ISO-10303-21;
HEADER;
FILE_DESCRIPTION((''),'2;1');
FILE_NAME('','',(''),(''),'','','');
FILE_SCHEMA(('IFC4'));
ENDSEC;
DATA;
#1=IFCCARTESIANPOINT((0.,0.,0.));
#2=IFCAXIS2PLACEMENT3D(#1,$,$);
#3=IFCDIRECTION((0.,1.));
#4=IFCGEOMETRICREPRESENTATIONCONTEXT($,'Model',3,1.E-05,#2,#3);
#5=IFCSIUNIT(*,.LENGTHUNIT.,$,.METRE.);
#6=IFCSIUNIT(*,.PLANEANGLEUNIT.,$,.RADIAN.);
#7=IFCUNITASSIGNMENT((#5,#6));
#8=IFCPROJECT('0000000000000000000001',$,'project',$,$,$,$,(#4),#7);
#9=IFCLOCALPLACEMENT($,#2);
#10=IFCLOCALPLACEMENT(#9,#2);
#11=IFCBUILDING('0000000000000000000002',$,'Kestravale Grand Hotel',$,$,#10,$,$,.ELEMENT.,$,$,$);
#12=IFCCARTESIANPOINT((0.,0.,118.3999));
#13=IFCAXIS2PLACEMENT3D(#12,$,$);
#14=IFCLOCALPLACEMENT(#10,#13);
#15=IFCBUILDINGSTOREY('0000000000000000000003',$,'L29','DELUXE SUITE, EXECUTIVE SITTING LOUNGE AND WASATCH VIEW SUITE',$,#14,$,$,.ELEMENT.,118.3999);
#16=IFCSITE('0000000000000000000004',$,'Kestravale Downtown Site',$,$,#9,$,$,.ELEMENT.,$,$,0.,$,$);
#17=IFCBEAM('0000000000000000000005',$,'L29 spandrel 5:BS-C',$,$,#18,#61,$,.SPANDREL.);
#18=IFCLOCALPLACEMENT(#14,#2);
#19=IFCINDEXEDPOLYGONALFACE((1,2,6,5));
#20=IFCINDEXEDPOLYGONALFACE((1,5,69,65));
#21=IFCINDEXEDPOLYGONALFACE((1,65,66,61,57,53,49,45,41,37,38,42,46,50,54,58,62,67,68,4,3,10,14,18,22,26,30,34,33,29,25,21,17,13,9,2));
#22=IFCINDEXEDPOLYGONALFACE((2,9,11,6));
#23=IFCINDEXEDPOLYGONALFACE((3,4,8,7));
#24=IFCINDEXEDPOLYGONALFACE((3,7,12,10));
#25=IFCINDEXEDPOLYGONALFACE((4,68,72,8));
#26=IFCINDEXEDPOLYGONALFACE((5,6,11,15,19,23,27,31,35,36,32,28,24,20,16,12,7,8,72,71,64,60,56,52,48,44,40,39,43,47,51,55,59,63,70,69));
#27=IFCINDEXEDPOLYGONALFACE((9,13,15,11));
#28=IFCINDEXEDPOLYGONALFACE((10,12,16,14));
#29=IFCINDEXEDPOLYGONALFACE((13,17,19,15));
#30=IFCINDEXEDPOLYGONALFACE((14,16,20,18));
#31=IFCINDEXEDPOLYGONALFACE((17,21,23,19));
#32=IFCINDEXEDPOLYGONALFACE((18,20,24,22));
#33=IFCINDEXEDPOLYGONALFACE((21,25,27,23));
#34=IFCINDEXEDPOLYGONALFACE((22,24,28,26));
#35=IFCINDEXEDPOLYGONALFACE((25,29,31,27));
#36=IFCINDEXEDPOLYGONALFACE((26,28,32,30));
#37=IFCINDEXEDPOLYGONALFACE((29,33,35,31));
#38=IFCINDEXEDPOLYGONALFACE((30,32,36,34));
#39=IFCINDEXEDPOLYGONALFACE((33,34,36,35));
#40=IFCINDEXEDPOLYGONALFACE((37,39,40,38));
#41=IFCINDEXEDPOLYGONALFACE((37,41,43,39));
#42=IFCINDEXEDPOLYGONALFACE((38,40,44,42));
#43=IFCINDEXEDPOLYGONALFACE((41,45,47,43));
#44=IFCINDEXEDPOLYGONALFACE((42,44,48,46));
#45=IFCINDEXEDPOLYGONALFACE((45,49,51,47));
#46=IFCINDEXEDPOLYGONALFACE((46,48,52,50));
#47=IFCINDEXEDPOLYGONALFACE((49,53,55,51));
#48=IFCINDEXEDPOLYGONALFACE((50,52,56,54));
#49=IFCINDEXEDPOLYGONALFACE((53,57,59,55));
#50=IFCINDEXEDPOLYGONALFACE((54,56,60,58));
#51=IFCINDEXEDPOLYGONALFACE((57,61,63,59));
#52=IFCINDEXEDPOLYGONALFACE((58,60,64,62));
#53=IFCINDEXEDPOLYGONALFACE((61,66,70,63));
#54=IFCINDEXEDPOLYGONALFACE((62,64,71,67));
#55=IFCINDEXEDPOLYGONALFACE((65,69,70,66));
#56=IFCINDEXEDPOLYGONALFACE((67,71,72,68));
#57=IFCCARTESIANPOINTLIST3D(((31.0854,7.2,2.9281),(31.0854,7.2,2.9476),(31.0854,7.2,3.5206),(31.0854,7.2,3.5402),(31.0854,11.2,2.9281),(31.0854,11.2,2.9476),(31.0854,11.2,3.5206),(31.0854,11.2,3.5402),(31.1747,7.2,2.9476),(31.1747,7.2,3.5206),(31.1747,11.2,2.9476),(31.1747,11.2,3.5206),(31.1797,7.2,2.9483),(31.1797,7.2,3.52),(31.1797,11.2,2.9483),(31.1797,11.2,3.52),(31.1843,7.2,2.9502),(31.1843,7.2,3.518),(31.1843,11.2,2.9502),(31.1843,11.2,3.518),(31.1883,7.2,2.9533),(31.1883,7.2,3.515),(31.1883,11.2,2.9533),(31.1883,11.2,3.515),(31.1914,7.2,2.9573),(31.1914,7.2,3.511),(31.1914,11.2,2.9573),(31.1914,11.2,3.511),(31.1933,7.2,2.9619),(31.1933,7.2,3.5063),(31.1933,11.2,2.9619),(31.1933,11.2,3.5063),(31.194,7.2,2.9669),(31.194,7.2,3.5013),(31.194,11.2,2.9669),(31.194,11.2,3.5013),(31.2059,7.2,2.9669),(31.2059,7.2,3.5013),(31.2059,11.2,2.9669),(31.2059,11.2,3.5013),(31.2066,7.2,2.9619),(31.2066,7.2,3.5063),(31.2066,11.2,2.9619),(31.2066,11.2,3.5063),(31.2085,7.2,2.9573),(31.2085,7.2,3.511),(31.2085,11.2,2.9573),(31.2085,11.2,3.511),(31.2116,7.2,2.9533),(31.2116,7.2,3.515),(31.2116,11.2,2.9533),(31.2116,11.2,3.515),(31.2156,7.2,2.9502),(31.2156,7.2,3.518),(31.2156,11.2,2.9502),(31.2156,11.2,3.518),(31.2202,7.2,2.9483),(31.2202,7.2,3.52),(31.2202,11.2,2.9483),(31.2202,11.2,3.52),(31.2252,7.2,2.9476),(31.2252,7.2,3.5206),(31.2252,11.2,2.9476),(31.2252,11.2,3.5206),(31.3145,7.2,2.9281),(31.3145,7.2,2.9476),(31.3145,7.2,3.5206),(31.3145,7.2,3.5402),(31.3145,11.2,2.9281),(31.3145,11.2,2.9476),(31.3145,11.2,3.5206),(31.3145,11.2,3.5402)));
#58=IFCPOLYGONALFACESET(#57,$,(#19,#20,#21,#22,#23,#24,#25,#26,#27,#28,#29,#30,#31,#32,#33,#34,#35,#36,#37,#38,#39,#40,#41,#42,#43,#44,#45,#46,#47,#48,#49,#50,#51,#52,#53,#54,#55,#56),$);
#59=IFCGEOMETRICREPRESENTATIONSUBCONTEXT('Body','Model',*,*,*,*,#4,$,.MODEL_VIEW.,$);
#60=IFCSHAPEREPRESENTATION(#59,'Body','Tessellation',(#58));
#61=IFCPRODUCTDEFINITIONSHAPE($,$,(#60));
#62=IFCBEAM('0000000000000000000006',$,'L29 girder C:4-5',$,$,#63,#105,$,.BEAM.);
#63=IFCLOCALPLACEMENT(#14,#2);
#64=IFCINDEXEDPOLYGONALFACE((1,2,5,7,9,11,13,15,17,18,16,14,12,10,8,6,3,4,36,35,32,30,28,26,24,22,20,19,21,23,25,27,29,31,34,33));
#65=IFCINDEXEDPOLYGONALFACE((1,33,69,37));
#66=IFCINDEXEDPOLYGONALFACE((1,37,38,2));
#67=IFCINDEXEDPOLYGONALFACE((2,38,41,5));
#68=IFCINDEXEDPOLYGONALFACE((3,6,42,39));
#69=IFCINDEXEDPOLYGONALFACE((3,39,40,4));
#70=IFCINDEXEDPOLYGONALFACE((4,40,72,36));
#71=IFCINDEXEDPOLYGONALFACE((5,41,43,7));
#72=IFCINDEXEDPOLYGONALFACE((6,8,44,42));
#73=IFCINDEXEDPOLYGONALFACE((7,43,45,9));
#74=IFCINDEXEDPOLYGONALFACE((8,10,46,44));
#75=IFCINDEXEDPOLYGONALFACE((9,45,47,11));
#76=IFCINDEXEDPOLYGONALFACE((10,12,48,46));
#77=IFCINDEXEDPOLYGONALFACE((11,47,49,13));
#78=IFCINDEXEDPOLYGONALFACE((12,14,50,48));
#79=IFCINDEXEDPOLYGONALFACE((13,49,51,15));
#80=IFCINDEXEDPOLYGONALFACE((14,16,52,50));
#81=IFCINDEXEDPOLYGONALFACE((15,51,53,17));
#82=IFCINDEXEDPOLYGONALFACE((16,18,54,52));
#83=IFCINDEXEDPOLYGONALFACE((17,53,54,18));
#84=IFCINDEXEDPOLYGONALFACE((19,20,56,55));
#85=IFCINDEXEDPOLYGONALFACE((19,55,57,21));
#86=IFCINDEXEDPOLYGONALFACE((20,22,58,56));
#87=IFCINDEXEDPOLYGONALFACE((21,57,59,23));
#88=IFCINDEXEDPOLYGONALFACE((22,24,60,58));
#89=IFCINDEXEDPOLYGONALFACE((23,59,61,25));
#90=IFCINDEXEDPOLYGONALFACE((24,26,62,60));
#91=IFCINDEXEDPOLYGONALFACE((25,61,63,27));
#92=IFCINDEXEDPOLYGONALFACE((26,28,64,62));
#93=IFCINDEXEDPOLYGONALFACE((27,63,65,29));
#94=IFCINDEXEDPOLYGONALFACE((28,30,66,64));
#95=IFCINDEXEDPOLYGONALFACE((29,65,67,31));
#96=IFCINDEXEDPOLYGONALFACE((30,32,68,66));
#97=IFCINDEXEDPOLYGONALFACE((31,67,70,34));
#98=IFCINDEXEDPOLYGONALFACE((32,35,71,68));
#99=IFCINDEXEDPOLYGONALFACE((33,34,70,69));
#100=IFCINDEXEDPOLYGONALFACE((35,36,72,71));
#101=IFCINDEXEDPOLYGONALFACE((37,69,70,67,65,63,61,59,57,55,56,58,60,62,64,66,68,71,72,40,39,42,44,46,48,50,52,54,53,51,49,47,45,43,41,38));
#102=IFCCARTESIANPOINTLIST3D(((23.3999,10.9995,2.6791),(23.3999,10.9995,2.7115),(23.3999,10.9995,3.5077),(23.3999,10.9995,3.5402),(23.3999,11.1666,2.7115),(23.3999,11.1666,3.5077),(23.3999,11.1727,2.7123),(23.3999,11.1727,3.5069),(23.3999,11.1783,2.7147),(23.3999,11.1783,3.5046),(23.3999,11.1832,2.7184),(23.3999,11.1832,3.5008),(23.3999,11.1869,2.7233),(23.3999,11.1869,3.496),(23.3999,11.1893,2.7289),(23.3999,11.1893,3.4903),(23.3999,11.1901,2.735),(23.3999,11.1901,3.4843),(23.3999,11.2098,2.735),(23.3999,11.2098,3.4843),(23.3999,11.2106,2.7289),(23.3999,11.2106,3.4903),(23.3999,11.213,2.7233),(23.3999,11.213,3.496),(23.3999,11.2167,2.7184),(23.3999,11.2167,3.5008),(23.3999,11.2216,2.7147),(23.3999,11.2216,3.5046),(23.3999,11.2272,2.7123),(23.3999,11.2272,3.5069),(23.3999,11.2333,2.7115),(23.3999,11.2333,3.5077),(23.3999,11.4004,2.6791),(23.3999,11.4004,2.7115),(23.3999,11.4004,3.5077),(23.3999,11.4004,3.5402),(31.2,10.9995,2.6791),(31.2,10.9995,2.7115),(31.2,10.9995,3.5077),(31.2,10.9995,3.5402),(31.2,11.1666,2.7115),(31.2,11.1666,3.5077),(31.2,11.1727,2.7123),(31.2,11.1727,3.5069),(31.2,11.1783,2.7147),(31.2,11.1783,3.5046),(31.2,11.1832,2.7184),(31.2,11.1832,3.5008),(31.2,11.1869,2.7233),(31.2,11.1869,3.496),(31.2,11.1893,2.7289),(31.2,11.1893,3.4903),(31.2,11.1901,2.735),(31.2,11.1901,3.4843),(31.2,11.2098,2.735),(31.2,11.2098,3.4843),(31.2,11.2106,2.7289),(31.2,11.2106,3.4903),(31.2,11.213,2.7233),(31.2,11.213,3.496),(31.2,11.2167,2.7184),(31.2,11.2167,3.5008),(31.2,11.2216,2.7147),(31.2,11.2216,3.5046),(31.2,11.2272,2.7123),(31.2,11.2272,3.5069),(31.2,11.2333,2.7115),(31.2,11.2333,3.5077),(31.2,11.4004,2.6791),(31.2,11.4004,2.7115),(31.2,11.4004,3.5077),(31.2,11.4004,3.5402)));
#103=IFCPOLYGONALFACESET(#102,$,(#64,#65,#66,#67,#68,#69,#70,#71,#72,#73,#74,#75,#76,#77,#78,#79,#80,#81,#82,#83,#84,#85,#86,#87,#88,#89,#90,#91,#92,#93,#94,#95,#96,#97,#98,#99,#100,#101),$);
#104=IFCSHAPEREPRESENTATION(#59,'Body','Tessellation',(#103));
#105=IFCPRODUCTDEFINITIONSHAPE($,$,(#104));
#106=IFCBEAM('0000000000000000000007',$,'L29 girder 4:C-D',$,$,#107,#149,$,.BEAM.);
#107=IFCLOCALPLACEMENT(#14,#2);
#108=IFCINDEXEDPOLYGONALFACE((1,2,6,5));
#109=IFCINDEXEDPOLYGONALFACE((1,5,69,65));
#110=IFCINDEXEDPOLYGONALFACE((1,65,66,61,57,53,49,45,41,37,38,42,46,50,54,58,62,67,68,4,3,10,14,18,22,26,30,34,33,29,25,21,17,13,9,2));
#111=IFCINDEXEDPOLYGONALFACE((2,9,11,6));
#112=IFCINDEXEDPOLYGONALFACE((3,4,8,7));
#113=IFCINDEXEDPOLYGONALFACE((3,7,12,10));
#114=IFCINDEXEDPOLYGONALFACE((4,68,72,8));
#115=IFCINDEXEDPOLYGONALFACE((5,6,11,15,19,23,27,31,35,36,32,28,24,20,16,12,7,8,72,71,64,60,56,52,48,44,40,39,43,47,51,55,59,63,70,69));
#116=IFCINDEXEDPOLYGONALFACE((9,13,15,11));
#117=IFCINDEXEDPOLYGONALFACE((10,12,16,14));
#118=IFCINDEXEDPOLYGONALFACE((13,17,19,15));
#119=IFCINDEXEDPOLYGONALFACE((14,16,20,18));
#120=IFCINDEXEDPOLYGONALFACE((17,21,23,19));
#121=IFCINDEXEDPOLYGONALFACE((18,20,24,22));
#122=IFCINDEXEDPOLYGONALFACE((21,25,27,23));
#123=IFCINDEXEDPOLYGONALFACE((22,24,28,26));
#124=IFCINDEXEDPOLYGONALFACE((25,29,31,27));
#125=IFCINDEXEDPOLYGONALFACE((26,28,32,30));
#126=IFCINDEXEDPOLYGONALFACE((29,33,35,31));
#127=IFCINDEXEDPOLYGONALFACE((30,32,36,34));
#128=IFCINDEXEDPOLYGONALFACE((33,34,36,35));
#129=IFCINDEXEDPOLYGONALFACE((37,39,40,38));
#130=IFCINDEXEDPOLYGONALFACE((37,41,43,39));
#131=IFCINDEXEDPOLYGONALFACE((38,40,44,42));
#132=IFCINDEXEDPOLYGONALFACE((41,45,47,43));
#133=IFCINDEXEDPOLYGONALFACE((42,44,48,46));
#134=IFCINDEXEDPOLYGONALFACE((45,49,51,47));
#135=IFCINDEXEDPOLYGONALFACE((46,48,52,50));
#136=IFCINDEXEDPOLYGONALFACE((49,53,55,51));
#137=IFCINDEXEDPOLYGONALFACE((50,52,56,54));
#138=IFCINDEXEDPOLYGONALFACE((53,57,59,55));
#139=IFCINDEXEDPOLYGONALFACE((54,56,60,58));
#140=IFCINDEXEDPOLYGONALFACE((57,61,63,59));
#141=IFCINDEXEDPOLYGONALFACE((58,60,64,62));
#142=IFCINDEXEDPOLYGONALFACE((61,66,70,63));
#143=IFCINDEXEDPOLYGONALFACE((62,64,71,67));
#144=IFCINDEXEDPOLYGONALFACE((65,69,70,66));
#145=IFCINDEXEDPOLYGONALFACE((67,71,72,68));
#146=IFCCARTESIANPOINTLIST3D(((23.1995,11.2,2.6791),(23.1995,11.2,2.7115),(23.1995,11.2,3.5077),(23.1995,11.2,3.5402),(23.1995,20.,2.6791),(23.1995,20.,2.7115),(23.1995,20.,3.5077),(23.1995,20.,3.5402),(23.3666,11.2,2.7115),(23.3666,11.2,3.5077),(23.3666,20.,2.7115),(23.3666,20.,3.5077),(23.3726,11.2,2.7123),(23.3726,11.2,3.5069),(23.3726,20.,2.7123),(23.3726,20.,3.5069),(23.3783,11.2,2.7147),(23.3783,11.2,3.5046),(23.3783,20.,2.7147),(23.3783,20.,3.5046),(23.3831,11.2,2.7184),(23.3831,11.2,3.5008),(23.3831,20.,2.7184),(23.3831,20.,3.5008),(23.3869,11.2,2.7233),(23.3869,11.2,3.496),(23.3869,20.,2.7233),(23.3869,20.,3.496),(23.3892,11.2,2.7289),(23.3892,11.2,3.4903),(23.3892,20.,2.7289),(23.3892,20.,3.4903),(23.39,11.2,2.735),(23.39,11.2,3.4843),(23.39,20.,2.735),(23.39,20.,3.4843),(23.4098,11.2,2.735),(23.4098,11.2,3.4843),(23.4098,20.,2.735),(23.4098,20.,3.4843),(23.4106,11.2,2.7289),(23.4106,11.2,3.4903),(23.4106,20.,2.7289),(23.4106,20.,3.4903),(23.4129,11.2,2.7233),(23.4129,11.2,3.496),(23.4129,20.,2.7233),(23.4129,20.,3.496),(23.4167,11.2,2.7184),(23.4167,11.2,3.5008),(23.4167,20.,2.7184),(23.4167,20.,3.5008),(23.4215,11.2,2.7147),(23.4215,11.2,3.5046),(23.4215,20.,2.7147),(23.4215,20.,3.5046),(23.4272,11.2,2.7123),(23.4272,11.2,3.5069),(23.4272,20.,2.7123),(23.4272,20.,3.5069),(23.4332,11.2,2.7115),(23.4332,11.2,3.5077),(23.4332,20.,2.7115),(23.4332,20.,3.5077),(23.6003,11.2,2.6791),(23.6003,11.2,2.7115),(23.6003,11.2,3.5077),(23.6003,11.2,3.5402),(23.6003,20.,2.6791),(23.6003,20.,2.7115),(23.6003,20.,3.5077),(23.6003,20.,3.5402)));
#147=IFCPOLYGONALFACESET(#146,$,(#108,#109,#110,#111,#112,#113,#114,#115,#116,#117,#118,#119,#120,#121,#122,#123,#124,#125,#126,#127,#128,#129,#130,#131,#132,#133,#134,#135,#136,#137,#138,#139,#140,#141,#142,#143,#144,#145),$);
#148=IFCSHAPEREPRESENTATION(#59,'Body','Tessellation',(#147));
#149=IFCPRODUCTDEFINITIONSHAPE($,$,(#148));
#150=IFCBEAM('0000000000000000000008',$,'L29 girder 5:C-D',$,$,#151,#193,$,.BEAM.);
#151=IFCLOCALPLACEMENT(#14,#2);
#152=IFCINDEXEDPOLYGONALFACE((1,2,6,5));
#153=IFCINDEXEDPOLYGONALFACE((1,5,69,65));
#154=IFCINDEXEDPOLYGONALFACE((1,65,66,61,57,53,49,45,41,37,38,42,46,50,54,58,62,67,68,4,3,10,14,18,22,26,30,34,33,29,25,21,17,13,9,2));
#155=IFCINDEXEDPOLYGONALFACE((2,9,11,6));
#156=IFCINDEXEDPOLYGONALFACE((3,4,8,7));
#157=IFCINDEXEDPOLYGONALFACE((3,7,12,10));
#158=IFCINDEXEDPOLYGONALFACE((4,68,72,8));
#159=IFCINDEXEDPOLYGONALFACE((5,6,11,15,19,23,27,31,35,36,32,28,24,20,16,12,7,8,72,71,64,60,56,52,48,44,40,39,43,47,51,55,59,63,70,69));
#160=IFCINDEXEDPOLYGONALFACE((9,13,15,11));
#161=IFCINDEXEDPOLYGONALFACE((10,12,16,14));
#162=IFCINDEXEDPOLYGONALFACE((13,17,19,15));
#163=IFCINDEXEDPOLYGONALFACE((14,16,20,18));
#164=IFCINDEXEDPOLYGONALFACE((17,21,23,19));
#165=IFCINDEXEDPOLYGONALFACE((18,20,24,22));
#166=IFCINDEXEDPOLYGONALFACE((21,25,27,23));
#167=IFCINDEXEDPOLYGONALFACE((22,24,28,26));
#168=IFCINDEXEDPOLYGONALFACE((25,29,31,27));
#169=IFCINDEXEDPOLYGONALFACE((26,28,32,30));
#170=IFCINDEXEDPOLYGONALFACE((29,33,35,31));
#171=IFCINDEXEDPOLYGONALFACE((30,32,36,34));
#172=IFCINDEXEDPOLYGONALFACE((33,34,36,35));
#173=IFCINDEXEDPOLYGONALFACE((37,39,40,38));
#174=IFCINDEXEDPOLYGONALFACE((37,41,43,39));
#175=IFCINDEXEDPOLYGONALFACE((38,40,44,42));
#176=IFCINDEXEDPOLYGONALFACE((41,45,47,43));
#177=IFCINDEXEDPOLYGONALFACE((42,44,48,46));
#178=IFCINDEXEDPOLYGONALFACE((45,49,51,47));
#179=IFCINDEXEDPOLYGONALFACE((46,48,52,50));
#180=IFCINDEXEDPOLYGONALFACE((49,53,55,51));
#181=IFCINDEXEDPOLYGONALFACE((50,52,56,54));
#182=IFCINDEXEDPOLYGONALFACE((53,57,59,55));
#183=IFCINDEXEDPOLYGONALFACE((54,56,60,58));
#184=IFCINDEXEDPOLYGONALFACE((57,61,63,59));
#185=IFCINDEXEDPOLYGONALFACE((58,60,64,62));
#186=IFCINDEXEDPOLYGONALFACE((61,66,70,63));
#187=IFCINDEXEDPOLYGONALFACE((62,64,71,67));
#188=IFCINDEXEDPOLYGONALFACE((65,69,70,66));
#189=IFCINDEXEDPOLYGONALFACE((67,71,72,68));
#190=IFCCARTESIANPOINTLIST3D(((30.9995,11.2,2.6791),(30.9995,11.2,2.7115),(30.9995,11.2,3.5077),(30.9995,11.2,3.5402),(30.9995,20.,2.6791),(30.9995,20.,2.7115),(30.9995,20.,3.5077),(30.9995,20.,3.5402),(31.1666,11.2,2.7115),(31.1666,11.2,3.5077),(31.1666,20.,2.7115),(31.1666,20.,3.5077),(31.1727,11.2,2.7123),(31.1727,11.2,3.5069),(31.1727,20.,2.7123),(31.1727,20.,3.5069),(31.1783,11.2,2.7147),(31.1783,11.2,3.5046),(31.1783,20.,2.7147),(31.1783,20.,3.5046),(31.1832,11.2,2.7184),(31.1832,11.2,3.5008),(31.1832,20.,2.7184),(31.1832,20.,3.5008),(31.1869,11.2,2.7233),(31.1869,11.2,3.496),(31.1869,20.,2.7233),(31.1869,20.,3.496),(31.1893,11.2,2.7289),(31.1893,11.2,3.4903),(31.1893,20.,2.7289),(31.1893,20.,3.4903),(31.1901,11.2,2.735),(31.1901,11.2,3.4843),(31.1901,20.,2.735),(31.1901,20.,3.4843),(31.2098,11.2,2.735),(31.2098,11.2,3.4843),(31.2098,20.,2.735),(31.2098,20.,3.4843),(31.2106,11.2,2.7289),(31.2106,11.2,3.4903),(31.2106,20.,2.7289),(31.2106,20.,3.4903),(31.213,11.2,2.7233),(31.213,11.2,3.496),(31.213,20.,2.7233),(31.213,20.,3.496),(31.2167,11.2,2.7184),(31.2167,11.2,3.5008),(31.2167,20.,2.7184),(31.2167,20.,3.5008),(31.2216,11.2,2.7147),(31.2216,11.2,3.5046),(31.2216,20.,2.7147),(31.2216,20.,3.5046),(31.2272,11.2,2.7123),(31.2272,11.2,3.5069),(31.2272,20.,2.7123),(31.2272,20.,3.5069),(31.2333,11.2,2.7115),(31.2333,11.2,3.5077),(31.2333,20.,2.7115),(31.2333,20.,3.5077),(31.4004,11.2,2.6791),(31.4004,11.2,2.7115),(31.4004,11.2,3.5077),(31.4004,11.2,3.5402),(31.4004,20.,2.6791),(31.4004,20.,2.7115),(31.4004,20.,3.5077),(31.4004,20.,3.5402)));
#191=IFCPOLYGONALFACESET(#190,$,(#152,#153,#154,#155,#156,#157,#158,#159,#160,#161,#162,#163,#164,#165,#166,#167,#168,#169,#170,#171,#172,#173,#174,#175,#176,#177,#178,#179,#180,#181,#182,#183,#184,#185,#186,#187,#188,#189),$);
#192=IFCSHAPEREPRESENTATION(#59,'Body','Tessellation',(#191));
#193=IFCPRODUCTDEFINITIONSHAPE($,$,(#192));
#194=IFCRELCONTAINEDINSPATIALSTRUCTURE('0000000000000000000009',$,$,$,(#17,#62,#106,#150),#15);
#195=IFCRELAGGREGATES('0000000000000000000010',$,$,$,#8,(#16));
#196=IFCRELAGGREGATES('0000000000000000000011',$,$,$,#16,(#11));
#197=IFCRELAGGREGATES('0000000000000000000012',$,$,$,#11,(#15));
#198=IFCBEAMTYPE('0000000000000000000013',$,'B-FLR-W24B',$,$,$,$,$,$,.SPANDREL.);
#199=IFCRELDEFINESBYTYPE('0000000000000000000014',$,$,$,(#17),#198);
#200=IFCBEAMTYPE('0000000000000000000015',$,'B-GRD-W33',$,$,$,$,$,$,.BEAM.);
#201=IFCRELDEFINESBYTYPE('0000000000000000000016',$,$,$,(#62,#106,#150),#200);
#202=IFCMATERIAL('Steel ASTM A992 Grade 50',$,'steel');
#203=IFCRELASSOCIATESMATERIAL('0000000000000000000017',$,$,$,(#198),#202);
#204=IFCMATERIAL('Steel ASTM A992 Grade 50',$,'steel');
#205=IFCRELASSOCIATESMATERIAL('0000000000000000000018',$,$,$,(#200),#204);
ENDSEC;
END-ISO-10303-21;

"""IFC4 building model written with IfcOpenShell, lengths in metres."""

from ifc_helpers import new_model, si_unit, direction, frame, origin, origin_2d, place, context, subcontext, project, spatial, i_section, extrude, material, material_profile, profile_set, type_object, element, save


model = new_model("IFC4")

# Units and contexts
model_context = context("Model", 3, precision=1e-05, world=origin(), true_north=direction((0.0, 1.0)))
body_context = subcontext(model_context, "Body", "Model", "MODEL_VIEW")
ifc_project = project(units=[si_unit("LENGTHUNIT", "METRE"), si_unit("PLANEANGLEUNIT", "RADIAN")], contexts=[model_context])

# Site, building, storey
site_placement = place(None, origin())
site = spatial("IfcSite", under=ifc_project, at=site_placement, Name="Kestravale Downtown Site", CompositionType="ELEMENT", RefElevation=0.0)
building_placement = place(site_placement, origin())
building = spatial("IfcBuilding", under=site, at=building_placement, Name="Kestravale Grand Hotel", CompositionType="ELEMENT")
storey_placement = place(building_placement, frame((0.0, 0.0, 118.3999)))
storey = spatial("IfcBuildingStorey", under=building, at=storey_placement, Name="L29", Description="DELUXE SUITE, EXECUTIVE SITTING LOUNGE AND WASATCH VIEW SUITE", CompositionType="ELEMENT", Elevation=118.3999)

# Beams
ifc_material_1 = material(Name="Steel ASTM A992 Grade 50", Category="steel")
ifc_material_profile_1 = material_profile(ifc_material_1, i_section(OverallWidth=0.229, OverallDepth=0.6121, WebThickness=0.012, FlangeThickness=0.0195, FilletRadius=0.0193, at=origin_2d()))
ifc_profile_set_1 = profile_set([ifc_material_profile_1], Name="Steel ASTM A992 Grade 50")
beam_type_1 = type_object("IfcBeamType", Name="B-FLR-W24B", PredefinedType="SPANDREL", material=ifc_profile_set_1)
beam_1_placement = place(storey_placement, frame((31.2, 7.2, 3.2341), z_axis=(0.0, 1.0, 0.0), x_axis=(-1.0, 0.0, 0.0)))
element("IfcBeam", 1, at=beam_1_placement, inside=storey, type_object=beam_type_1, Name="L29 spandrel 5:BS-C", PredefinedType="SPANDREL", context=body_context, shape_type="SweptSolid", body=[
    extrude(i_section(OverallWidth=0.229, OverallDepth=0.6121, WebThickness=0.012, FlangeThickness=0.0195, FilletRadius=0.0193, at=origin_2d()), origin(), (0.0, 0.0, 1.0), 4.0),
])
ifc_material_2 = material(Name="Steel ASTM A992 Grade 50", Category="steel")
ifc_material_profile_2 = material_profile(ifc_material_2, i_section(OverallWidth=0.4009, OverallDepth=0.8611, WebThickness=0.0198, FlangeThickness=0.0325, FilletRadius=0.0234, at=origin_2d()))
ifc_profile_set_2 = profile_set([ifc_material_profile_2], Name="Steel ASTM A992 Grade 50")
beam_type_2 = type_object("IfcBeamType", Name="B-GRD-W33", PredefinedType="BEAM", material=ifc_profile_set_2)
beam_2_placement = place(storey_placement, frame((23.3999, 11.2, 3.1096), z_axis=(1.0, 0.0, 0.0), x_axis=(0.0, 1.0, 0.0)))
element("IfcBeam", 2, at=beam_2_placement, inside=storey, type_object=beam_type_2, Name="L29 girder C:4-5", PredefinedType="BEAM", context=body_context, shape_type="SweptSolid", body=[
    extrude(i_section(OverallWidth=0.4009, OverallDepth=0.8611, WebThickness=0.0198, FlangeThickness=0.0325, FilletRadius=0.0234, at=origin_2d()), origin(), (0.0, 0.0, 1.0), 7.8),
])
for number, where, z_axis, x_axis, name in (
    (3, (23.3999, 11.2, 3.1096), (0.0, 1.0, 0.0), (-1.0, 0.0, 0.0), "L29 girder 4:C-D"),
    (4, (31.2, 11.2, 3.1096), (0.0, 1.0, 0.0), (-1.0, 0.0, 0.0), "L29 girder 5:C-D"),
):
    element("IfcBeam", number, at=place(storey_placement, frame(where, z_axis=z_axis, x_axis=x_axis)), inside=storey, type_object=beam_type_2, Name=name, PredefinedType="BEAM", context=body_context, shape_type="SweptSolid", body=[
        extrude(i_section(OverallWidth=0.4009, OverallDepth=0.8611, WebThickness=0.0198, FlangeThickness=0.0325, FilletRadius=0.0234, at=origin_2d()), origin(), (0.0, 0.0, 1.0), 8.8),
    ])

save(model, "model.ifc")
